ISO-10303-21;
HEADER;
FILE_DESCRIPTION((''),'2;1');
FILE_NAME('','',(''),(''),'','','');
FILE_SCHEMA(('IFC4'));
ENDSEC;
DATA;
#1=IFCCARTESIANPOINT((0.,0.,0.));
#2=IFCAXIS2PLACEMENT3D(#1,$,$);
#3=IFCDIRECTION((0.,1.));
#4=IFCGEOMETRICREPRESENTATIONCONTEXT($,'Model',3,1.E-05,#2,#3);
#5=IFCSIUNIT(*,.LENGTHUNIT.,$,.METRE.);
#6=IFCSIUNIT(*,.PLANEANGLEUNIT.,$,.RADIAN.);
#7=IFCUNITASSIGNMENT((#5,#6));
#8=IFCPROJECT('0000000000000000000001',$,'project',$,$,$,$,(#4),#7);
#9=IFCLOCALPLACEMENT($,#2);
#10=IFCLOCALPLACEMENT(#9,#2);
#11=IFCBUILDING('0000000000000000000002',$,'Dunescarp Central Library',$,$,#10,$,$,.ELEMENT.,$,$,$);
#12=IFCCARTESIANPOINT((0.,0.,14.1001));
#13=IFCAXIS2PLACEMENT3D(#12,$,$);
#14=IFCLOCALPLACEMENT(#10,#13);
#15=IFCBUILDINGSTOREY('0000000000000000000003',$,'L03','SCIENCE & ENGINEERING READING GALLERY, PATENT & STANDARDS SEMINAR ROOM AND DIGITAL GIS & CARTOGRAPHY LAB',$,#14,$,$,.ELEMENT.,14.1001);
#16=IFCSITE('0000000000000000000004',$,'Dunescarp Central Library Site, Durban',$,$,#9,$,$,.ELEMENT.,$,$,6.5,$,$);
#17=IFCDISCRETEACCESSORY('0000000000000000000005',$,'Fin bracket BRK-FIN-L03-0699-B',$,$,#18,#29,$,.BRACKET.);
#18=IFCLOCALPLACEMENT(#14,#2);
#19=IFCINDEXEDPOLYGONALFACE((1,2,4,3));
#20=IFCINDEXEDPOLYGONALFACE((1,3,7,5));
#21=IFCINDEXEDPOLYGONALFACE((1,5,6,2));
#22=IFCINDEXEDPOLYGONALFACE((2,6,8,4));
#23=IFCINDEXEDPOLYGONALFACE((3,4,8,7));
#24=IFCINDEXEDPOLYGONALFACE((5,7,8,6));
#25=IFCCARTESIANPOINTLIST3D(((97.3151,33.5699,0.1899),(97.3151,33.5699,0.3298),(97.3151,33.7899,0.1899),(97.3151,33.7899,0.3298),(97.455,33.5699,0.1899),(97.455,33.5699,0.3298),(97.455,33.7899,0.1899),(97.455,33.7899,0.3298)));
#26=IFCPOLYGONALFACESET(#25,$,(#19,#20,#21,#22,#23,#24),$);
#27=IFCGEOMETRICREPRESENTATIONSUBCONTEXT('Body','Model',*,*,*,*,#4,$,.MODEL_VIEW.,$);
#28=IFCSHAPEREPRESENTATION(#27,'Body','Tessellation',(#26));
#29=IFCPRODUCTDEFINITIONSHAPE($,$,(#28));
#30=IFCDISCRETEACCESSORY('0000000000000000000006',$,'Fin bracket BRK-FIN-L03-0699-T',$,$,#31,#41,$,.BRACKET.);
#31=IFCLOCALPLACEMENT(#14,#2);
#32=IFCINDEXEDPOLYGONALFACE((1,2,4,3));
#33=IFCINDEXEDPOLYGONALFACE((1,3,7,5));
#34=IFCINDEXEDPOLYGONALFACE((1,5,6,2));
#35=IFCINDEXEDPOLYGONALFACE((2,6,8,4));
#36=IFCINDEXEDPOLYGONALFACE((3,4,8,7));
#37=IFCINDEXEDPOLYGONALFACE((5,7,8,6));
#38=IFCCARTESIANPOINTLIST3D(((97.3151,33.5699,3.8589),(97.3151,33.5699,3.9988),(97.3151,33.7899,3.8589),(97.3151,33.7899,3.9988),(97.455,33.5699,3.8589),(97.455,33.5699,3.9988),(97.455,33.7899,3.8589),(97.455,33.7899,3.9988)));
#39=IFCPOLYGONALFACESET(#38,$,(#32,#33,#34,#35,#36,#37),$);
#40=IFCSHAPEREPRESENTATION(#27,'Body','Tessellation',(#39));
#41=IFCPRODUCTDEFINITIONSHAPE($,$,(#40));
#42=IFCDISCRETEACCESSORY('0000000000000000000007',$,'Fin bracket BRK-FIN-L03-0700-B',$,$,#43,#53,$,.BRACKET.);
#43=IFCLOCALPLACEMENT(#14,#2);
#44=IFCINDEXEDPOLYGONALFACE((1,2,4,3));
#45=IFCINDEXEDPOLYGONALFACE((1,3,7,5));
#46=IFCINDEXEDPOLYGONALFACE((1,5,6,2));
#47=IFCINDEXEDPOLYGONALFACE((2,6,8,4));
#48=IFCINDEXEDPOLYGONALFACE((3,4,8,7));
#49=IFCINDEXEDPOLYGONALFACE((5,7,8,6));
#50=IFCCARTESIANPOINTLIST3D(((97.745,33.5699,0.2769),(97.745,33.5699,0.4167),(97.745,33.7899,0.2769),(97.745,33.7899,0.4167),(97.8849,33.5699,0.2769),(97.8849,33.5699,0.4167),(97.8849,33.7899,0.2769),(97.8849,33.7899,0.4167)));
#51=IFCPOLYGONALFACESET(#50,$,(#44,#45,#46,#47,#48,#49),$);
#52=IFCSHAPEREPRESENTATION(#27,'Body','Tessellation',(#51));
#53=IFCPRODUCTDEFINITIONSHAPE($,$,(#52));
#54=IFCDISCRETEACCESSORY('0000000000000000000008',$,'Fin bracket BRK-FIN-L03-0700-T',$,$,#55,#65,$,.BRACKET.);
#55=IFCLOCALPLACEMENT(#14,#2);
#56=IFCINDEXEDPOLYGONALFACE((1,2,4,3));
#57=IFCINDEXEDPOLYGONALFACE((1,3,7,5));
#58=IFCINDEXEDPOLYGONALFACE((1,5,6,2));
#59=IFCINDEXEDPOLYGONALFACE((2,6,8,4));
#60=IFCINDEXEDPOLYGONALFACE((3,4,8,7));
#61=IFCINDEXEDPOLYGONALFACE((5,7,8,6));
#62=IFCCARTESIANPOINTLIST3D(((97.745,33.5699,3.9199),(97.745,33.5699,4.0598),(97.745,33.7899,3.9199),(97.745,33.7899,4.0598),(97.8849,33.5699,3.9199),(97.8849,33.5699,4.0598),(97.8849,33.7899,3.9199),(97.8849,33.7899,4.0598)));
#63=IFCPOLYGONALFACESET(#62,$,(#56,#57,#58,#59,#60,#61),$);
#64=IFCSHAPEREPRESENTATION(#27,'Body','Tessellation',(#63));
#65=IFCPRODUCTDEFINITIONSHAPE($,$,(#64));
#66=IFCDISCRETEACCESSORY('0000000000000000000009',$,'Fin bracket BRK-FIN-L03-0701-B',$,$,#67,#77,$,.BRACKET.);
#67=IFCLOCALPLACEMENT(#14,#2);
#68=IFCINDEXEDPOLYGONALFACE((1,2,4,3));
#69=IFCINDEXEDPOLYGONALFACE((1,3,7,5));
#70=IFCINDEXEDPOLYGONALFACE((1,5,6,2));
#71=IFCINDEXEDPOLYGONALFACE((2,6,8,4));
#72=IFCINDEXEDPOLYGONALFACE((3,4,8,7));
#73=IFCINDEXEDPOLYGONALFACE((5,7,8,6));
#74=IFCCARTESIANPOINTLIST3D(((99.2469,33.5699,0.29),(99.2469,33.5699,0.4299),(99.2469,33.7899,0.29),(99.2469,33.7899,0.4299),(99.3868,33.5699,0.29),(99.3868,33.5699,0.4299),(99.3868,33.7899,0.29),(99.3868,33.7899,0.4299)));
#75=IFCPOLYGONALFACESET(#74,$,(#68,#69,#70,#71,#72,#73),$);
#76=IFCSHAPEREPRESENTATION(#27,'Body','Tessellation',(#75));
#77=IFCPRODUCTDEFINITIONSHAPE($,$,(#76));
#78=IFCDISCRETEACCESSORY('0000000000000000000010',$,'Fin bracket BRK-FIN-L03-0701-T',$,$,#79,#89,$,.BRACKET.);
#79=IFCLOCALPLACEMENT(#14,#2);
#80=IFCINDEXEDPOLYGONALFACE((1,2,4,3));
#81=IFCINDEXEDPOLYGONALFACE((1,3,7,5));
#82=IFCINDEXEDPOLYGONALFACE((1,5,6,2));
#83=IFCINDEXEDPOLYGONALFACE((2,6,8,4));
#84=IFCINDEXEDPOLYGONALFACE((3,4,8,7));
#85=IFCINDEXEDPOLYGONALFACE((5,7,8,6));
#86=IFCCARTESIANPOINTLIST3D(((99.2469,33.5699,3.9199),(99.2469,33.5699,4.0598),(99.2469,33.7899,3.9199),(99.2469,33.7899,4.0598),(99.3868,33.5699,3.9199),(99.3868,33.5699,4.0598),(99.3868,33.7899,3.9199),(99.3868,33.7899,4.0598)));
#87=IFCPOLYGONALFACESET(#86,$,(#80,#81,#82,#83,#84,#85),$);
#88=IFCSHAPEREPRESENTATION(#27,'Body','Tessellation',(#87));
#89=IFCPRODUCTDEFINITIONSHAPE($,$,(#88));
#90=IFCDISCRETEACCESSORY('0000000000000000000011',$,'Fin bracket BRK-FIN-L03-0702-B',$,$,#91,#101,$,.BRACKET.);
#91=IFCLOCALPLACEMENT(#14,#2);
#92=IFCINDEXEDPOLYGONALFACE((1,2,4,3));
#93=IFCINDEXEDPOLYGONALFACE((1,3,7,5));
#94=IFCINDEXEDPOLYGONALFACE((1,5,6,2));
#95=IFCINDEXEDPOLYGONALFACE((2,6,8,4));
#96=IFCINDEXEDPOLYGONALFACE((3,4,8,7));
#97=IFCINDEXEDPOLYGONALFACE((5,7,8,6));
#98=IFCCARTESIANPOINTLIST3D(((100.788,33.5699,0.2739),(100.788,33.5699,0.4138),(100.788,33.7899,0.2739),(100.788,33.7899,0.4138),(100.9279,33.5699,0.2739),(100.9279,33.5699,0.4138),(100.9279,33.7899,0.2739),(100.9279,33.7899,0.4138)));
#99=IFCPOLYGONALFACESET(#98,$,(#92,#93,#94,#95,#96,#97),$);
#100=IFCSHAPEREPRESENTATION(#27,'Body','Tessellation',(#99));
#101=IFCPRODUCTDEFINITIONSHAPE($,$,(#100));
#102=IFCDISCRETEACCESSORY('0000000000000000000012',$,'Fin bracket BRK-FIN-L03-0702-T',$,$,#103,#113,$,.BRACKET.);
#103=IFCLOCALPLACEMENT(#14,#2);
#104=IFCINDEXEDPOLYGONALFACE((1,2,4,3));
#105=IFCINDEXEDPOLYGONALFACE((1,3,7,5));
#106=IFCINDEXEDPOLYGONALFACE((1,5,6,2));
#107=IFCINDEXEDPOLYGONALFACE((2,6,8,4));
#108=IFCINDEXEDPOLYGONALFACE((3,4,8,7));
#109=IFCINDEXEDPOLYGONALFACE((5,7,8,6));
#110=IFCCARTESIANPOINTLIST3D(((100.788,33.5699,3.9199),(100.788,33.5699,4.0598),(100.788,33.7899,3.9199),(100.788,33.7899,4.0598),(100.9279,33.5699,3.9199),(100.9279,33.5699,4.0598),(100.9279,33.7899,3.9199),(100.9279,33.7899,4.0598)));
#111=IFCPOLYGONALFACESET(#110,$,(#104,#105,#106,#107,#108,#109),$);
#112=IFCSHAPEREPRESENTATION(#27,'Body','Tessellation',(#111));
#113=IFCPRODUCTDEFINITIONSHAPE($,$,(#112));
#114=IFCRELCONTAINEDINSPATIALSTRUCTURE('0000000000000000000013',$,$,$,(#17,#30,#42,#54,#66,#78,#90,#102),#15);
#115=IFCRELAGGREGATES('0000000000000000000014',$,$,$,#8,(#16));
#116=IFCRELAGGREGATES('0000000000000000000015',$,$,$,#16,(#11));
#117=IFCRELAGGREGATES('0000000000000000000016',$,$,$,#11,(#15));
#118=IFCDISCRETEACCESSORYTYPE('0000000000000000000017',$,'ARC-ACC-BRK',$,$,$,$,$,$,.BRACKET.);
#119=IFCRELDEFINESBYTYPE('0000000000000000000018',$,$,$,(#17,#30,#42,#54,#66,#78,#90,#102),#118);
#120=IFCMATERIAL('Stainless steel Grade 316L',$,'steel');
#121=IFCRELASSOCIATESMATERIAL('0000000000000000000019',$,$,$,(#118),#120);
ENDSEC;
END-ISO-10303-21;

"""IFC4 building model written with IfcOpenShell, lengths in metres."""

from ifc_helpers import new_model, si_unit, direction, frame, origin, origin_2d, place, context, subcontext, project, spatial, rectangle, extrude, material, type_object, element, save


model = new_model("IFC4")

# Units and contexts
model_context = context("Model", 3, precision=1e-05, world=origin(), true_north=direction((0.0, 1.0)))
body_context = subcontext(model_context, "Body", "Model", "MODEL_VIEW")
ifc_project = project(units=[si_unit("LENGTHUNIT", "METRE"), si_unit("PLANEANGLEUNIT", "RADIAN")], contexts=[model_context])

# Site, building, storey
site_placement = place(None, origin())
site = spatial("IfcSite", under=ifc_project, at=site_placement, Name="Dunescarp Central Library Site, Durban", CompositionType="ELEMENT", RefElevation=6.5)
building_placement = place(site_placement, origin())
building = spatial("IfcBuilding", under=site, at=building_placement, Name="Dunescarp Central Library", CompositionType="ELEMENT")
storey_placement = place(building_placement, frame((0.0, 0.0, 14.1001)))
storey = spatial("IfcBuildingStorey", under=building, at=storey_placement, Name="L03", Description="SCIENCE & ENGINEERING READING GALLERY, PATENT & STANDARDS SEMINAR ROOM AND DIGITAL GIS & CARTOGRAPHY LAB", CompositionType="ELEMENT", Elevation=14.1001)

# Discrete accessories
ifc_material_1 = material(Name="Stainless steel Grade 316L", Category="steel")
discrete_accessory_type = type_object("IfcDiscreteAccessoryType", Name="ARC-ACC-BRK", PredefinedType="BRACKET", material=ifc_material_1)
for number, where, z_axis, x_axis, name in (
    (1, (97.385, 33.6799, 0.1899), (0.0, 0.0, 1.0), (0.0, 1.0, 0.0), "Fin bracket BRK-FIN-L03-0699-B"),
    (2, (97.385, 33.6799, 3.8589), (0.0, 0.0, 1.0), (0.0, 1.0, 0.0), "Fin bracket BRK-FIN-L03-0699-T"),
    (3, (97.8149, 33.6799, 0.2769), (0.0, 0.0, 1.0), (0.0, 1.0, 0.0), "Fin bracket BRK-FIN-L03-0700-B"),
    (4, (97.8149, 33.6799, 3.9199), (0.0, 0.0, 1.0), (0.0, 1.0, 0.0), "Fin bracket BRK-FIN-L03-0700-T"),
    (5, (99.3169, 33.6799, 0.29), (0.0, 0.0, 1.0), (0.0, 1.0, 0.0), "Fin bracket BRK-FIN-L03-0701-B"),
    (6, (99.3169, 33.6799, 3.9199), (0.0, 0.0, 1.0), (0.0, 1.0, 0.0), "Fin bracket BRK-FIN-L03-0701-T"),
    (7, (100.8579, 33.6799, 0.2739), (0.0, 0.0, 1.0), (0.0, 1.0, 0.0), "Fin bracket BRK-FIN-L03-0702-B"),
    (8, (100.8579, 33.6799, 3.9199), (0.0, 0.0, 1.0), (0.0, 1.0, 0.0), "Fin bracket BRK-FIN-L03-0702-T"),
):
    element("IfcDiscreteAccessory", number, at=place(storey_placement, frame(where, z_axis=z_axis, x_axis=x_axis)), inside=storey, type_object=discrete_accessory_type, Name=name, PredefinedType="BRACKET", context=body_context, shape_type="SweptSolid", body=[
        extrude(rectangle(XDim=0.22, YDim=0.1399, at=origin_2d()), origin(), (0.0, 0.0, 1.0), 0.1399),
    ])

save(model, "model.ifc")
